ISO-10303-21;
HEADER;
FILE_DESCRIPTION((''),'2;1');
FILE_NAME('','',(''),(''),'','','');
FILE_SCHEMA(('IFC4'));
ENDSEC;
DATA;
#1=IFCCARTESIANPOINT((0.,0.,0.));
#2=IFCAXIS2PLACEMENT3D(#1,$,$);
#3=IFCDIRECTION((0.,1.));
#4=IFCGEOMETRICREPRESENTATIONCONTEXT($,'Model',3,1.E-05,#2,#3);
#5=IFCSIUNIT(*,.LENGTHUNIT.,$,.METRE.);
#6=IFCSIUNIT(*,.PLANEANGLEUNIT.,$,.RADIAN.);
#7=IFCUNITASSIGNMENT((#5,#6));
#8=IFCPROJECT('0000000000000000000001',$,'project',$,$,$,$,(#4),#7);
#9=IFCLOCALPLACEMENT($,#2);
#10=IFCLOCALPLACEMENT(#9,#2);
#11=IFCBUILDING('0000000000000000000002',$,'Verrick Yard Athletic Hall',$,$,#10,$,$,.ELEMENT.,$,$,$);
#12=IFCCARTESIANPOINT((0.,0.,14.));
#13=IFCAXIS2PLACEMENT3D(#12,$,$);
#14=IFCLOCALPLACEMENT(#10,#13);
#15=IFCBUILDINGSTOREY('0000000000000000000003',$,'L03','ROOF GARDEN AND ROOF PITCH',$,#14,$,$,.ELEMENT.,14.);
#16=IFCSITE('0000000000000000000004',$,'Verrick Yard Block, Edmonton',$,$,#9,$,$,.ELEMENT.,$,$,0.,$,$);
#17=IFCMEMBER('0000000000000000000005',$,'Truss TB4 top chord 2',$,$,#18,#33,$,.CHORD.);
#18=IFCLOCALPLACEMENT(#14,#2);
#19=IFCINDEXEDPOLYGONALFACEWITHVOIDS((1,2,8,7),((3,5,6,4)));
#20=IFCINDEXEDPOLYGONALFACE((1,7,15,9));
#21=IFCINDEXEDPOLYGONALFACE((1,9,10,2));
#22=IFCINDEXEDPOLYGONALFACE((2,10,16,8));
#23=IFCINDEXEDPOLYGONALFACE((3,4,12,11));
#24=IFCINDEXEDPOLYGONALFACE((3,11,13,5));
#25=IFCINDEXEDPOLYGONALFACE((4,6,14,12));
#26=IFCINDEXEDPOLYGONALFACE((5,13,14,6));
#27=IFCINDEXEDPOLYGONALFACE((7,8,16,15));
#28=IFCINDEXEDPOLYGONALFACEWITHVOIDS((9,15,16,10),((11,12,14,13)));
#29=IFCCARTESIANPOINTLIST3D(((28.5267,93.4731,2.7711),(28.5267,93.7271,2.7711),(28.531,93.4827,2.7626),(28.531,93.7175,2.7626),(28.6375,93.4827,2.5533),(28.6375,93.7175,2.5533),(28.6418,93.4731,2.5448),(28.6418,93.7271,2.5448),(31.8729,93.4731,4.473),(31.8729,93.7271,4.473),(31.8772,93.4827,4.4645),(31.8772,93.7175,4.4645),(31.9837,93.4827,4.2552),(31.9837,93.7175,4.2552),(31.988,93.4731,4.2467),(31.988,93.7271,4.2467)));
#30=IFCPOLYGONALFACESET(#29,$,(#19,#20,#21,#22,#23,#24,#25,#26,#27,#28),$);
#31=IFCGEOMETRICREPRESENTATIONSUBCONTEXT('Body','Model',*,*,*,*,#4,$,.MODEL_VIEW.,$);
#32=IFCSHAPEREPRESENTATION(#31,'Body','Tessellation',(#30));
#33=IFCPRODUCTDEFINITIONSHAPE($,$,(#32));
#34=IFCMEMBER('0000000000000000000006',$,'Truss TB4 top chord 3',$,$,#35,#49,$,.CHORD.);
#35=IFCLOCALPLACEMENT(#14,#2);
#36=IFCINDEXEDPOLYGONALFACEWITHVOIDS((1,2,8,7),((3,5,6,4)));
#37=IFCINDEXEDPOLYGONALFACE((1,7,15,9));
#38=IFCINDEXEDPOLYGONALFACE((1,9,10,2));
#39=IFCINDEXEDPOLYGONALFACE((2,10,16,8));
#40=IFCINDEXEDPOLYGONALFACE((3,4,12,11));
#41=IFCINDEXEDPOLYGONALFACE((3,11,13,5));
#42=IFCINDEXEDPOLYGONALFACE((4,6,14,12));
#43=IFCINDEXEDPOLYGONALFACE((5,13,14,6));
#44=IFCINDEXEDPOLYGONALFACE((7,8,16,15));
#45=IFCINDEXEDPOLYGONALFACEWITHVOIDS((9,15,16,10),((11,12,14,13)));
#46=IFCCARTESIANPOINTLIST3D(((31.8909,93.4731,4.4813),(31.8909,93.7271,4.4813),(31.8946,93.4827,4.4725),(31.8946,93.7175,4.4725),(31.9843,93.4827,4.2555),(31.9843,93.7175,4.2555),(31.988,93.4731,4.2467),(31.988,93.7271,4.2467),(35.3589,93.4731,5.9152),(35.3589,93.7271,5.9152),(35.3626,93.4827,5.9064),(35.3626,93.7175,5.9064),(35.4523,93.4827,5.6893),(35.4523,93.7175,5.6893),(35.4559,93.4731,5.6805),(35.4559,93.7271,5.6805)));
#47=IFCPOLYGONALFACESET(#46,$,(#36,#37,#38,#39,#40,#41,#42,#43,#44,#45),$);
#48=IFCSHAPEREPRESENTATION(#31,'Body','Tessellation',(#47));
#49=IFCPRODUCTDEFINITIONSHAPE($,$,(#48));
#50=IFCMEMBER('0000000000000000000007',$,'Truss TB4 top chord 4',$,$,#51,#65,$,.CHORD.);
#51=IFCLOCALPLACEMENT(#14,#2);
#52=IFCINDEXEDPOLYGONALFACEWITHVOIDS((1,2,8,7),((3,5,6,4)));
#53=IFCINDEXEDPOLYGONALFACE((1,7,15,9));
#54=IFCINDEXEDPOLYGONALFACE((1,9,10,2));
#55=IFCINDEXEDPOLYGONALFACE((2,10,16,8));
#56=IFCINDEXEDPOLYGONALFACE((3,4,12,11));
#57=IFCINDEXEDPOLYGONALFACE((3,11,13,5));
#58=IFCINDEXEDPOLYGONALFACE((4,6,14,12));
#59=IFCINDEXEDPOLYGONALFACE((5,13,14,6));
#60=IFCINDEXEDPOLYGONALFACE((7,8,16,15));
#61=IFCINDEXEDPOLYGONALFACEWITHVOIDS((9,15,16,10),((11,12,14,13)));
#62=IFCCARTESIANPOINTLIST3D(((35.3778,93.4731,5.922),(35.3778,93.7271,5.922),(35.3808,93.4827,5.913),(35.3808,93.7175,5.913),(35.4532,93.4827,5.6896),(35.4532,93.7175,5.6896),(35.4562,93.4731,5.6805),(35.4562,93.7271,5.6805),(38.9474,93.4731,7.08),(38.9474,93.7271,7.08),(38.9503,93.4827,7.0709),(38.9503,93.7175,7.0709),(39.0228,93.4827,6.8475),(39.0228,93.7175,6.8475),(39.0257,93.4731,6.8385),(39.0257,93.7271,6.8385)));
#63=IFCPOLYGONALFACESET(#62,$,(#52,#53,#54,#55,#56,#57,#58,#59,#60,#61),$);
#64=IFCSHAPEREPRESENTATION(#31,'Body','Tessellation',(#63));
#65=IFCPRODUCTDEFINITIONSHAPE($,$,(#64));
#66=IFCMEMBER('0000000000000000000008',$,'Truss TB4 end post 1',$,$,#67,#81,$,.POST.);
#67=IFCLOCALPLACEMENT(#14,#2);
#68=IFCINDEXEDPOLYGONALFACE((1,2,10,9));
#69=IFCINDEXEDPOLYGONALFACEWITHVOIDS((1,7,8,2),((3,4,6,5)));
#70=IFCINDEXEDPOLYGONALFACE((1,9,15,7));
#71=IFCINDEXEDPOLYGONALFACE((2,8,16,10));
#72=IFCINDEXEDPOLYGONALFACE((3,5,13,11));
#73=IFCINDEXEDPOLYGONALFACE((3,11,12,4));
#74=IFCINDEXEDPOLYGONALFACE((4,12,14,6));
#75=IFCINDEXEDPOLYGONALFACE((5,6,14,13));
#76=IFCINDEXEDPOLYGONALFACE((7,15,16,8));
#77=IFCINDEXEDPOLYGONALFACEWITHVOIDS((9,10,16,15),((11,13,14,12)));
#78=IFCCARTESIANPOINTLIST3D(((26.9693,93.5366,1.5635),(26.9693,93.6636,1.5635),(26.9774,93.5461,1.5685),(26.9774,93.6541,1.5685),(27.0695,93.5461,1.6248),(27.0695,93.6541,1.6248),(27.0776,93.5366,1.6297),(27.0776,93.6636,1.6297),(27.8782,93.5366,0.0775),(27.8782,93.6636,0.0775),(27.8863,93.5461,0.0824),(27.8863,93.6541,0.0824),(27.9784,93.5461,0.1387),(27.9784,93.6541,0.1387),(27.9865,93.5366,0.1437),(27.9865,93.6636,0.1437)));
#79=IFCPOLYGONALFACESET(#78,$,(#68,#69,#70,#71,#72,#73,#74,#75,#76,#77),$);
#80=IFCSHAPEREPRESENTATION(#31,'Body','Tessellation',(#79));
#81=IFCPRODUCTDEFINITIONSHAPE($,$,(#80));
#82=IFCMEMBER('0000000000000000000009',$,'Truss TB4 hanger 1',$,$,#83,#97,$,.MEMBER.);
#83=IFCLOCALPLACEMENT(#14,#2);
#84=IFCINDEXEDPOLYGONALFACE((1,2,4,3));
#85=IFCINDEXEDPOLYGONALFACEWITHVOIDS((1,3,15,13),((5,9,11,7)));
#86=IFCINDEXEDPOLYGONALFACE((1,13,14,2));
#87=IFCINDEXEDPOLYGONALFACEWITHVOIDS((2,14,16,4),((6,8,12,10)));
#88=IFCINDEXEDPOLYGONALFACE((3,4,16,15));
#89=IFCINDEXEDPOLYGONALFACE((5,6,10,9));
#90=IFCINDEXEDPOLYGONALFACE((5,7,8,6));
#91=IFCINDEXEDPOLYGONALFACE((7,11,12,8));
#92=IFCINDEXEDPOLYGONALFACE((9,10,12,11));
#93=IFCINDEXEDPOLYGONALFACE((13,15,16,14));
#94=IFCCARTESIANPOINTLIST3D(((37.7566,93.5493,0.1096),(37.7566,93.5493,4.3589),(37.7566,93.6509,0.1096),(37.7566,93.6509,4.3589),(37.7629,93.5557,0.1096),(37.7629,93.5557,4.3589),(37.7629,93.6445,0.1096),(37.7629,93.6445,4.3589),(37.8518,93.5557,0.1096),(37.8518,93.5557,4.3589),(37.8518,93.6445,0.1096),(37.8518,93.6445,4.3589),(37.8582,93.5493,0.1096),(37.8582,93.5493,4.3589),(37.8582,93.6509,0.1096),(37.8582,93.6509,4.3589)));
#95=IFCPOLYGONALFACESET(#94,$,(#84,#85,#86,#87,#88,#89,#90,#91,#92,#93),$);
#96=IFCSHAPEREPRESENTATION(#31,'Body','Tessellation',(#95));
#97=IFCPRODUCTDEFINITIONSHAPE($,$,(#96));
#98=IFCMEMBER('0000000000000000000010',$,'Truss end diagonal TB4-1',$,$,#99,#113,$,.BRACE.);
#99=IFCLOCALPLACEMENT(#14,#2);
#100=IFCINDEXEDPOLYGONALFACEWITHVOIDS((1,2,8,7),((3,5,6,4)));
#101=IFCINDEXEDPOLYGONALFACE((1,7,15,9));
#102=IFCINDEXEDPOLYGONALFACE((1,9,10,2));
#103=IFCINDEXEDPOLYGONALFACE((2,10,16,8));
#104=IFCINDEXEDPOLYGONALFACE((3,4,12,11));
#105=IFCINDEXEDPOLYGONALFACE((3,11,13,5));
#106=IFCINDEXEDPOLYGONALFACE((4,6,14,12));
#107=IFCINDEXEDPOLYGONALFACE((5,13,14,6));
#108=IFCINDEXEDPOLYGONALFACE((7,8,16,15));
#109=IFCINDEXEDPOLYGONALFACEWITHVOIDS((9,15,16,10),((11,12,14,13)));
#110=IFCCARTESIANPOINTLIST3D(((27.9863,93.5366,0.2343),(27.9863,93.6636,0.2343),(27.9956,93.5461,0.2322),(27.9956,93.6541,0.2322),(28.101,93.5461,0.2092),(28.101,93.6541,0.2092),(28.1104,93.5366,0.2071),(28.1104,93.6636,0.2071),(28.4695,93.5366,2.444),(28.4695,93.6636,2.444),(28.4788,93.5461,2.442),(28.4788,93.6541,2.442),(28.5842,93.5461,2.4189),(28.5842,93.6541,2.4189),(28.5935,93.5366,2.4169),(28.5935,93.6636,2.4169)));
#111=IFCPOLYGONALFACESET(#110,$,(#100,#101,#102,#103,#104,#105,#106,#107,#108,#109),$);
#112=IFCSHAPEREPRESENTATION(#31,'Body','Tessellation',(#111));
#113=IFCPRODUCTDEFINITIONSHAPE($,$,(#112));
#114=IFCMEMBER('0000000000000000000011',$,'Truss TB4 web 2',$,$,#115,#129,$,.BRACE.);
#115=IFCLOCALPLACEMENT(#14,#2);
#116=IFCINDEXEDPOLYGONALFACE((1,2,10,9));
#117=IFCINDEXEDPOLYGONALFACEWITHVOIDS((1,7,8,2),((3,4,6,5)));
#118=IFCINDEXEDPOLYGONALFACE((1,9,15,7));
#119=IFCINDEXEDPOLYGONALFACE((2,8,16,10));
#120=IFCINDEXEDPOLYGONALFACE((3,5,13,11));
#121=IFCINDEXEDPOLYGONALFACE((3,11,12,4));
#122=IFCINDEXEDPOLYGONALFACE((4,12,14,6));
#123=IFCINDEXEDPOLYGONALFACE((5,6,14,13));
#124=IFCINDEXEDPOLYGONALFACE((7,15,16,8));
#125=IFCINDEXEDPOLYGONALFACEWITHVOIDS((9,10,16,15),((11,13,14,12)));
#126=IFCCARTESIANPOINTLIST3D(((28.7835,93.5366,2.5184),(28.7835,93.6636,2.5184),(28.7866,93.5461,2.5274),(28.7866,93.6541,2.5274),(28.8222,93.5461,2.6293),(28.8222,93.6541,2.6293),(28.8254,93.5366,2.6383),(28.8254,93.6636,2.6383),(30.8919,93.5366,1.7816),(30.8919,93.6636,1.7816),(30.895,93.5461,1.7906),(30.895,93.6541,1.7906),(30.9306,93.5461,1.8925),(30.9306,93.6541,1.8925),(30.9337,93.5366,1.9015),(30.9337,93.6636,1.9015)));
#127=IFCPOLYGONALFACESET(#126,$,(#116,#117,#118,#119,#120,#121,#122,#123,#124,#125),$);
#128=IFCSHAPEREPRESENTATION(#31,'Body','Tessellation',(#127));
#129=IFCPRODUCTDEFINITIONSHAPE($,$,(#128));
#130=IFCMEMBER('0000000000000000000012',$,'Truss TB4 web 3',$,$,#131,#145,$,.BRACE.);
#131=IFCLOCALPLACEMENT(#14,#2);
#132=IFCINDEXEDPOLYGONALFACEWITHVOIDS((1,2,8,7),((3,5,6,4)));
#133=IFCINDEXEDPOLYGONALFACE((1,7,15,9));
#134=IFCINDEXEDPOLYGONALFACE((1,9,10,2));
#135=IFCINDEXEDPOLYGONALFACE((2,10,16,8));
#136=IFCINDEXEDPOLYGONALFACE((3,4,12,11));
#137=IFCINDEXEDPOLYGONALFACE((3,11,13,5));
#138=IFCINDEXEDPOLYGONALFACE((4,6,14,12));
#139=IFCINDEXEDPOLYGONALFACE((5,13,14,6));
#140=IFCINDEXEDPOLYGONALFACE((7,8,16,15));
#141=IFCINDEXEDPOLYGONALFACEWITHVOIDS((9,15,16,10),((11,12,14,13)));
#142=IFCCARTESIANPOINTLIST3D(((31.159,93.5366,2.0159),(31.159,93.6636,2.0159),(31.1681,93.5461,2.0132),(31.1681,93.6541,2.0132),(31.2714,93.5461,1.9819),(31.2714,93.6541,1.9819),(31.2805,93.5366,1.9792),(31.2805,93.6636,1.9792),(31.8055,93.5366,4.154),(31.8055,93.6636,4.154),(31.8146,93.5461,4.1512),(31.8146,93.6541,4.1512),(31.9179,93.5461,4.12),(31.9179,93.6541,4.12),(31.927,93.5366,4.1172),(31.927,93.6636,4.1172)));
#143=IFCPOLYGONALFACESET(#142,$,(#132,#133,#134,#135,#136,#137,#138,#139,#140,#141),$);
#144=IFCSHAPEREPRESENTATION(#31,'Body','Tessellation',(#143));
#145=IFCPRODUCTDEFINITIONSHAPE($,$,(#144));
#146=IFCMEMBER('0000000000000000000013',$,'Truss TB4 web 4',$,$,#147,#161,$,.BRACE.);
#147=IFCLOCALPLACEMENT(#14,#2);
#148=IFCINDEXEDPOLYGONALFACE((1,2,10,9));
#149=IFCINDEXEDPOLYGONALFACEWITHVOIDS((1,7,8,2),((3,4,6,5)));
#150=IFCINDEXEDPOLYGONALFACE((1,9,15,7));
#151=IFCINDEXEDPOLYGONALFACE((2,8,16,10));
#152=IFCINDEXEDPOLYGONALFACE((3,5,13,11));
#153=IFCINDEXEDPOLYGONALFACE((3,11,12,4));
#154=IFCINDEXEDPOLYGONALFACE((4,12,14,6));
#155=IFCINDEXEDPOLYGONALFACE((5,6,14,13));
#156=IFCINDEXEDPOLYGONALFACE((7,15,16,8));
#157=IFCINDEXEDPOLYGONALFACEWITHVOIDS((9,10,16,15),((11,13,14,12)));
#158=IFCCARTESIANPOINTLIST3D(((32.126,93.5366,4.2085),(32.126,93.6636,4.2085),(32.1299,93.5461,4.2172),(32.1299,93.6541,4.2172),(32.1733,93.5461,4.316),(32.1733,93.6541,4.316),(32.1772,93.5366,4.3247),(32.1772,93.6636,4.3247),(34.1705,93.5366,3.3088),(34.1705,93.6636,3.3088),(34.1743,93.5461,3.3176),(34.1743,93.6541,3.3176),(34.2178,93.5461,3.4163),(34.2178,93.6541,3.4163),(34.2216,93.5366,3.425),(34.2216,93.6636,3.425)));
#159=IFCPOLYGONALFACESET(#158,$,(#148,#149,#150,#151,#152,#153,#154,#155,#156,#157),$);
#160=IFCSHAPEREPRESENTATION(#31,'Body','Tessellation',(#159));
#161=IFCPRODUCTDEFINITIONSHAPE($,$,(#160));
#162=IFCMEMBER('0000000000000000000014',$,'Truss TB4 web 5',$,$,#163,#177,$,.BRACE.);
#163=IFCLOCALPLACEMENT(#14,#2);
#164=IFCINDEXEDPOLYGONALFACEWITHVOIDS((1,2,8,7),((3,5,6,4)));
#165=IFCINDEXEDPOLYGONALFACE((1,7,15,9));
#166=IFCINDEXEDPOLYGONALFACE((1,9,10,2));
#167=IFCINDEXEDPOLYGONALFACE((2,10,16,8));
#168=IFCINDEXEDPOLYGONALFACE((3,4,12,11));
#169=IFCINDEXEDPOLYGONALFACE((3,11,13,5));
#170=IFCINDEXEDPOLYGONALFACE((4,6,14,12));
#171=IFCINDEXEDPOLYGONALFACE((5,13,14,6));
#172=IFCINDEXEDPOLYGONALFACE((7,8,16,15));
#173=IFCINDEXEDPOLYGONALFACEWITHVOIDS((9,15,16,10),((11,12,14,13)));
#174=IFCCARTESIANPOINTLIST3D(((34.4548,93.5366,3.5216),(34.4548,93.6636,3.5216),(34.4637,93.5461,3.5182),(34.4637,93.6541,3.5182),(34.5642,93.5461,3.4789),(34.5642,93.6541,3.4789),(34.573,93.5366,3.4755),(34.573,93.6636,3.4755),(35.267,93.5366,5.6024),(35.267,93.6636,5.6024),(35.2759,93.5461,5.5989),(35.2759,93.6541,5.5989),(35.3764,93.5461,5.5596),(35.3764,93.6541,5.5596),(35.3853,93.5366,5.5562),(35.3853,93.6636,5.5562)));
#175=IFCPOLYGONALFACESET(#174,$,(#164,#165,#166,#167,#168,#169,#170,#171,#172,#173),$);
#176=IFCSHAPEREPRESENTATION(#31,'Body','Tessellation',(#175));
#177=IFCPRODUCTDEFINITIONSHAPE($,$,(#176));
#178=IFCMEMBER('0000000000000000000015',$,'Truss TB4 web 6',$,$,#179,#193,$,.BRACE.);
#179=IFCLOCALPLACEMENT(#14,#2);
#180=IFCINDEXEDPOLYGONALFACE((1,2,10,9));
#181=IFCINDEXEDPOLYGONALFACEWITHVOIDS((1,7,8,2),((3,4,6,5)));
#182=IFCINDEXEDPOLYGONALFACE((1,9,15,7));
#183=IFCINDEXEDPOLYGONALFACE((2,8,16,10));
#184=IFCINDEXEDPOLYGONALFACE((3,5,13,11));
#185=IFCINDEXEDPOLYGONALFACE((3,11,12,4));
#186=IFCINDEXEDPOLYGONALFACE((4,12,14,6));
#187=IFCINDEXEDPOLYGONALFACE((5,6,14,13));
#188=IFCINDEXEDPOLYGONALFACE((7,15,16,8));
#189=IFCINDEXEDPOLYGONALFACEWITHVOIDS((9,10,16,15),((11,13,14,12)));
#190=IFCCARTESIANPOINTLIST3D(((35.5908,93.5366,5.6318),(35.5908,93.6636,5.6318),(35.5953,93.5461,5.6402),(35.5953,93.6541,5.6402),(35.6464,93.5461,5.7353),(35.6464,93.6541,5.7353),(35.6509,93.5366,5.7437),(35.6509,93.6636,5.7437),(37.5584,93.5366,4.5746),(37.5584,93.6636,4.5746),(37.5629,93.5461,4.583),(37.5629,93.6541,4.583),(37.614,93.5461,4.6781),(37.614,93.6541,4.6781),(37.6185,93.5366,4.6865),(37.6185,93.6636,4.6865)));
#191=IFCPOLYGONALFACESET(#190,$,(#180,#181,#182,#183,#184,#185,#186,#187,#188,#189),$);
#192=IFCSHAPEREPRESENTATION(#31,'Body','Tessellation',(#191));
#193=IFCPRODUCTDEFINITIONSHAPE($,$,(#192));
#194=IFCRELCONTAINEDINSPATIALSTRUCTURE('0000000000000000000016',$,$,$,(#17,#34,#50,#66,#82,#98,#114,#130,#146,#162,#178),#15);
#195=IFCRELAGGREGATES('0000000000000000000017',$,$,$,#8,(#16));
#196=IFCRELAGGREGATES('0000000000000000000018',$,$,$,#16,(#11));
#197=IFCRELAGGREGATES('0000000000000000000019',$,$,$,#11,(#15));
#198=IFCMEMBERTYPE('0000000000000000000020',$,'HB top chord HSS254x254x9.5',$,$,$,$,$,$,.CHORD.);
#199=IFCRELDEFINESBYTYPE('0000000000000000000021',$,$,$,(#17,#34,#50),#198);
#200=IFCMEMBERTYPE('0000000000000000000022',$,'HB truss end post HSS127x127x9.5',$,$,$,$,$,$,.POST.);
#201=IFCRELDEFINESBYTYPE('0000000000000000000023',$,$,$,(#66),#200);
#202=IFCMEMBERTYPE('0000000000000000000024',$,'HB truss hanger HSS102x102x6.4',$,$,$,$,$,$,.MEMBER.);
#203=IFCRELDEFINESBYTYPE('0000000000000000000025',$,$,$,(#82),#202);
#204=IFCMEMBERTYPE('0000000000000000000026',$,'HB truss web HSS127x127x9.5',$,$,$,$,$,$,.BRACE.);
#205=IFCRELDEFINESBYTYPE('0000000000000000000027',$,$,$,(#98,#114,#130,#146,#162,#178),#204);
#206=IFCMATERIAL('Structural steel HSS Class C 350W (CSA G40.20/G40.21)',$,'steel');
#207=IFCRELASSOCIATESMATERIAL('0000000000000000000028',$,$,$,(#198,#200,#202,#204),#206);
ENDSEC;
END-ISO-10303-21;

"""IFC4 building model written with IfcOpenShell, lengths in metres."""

from ifc_helpers import new_model, si_unit, direction, frame, origin, origin_2d, place, context, subcontext, project, spatial, hollow_rectangle, extrude, material, material_profile, profile_set, type_object, element, save


model = new_model("IFC4")

# Units and contexts
model_context = context("Model", 3, precision=1e-05, world=origin(), true_north=direction((0.0, 1.0)))
body_context = subcontext(model_context, "Body", "Model", "MODEL_VIEW")
ifc_project = project(units=[si_unit("LENGTHUNIT", "METRE"), si_unit("PLANEANGLEUNIT", "RADIAN")], contexts=[model_context])

# Site, building, storey
site_placement = place(None, origin())
site = spatial("IfcSite", under=ifc_project, at=site_placement, Name="Verrick Yard Block, Edmonton", CompositionType="ELEMENT", RefElevation=0.0)
building_placement = place(site_placement, origin())
building = spatial("IfcBuilding", under=site, at=building_placement, Name="Verrick Yard Athletic Hall", CompositionType="ELEMENT")
storey_placement = place(building_placement, frame((0.0, 0.0, 14.0)))
storey = spatial("IfcBuildingStorey", under=building, at=storey_placement, Name="L03", Description="ROOF GARDEN AND ROOF PITCH", CompositionType="ELEMENT", Elevation=14.0)

# Members
ifc_material_1 = material(Name="Structural steel HSS Class C 350W (CSA G40.20/G40.21)", Category="steel")
ifc_material_profile_1 = material_profile(ifc_material_1, hollow_rectangle(XDim=0.2539, YDim=0.2539, WallThickness=0.0095, at=origin_2d()), Name="HSS254x254x9.5")
ifc_profile_set_1 = profile_set([ifc_material_profile_1], Name="Structural steel HSS Class C 350W (CSA G40.20/G40.21)")
member_type_1 = type_object("IfcMemberType", Name="HB top chord HSS254x254x9.5", PredefinedType="CHORD", material=ifc_profile_set_1)
member_1_placement = place(storey_placement, frame((28.5842, 93.6001, 2.658), z_axis=(0.891337, 0.0, 0.453342), x_axis=(0.0, 1.0, 0.0)))
element("IfcMember", 1, at=member_1_placement, inside=storey, type_object=member_type_1, Name="Truss TB4 top chord 2", PredefinedType="CHORD", context=body_context, shape_type="SweptSolid", body=[
    extrude(hollow_rectangle(XDim=0.2539, YDim=0.2539, WallThickness=0.0095, at=origin_2d()), origin(), (0.0, 0.0, 1.0), 3.7542),
])
for number, where, z_axis, x_axis, name in (
    (2, (31.9395, 93.6001, 4.364), (0.92413, 0.0, 0.382078), (0.0, 1.0, 0.0), "Truss TB4 top chord 3"),
    (3, (35.417, 93.6001, 5.8013), (0.951203, 0.0, 0.308567), (0.0, 1.0, 0.0), "Truss TB4 top chord 4"),
):
    element("IfcMember", number, at=place(storey_placement, frame(where, z_axis=z_axis, x_axis=x_axis)), inside=storey, type_object=member_type_1, Name=name, PredefinedType="CHORD", context=body_context, shape_type="SweptSolid", body=[
        extrude(hollow_rectangle(XDim=0.2539, YDim=0.2539, WallThickness=0.0095, at=origin_2d()), origin(), (0.0, 0.0, 1.0), 3.7527),
    ])
ifc_material_profile_2 = material_profile(ifc_material_1, hollow_rectangle(XDim=0.127, YDim=0.127, WallThickness=0.0095, at=origin_2d()), Name="HSS127x127x9.5")
ifc_profile_set_2 = profile_set([ifc_material_profile_2], Name="Structural steel HSS Class C 350W (CSA G40.20/G40.21)")
member_type_2 = type_object("IfcMemberType", Name="HB truss end post HSS127x127x9.5", PredefinedType="POST", material=ifc_profile_set_2)
member_2_placement = place(storey_placement, frame((27.9324, 93.6001, 0.1106), z_axis=(-0.521773, 0.0, 0.853084), x_axis=(0.0, -1.0, 0.0)))
element("IfcMember", 4, at=member_2_placement, inside=storey, type_object=member_type_2, Name="Truss TB4 end post 1", PredefinedType="POST", context=body_context, shape_type="SweptSolid", body=[
    extrude(hollow_rectangle(XDim=0.127, YDim=0.127, WallThickness=0.0095, at=origin_2d()), origin(), (0.0, 0.0, 1.0), 1.7419),
])
ifc_material_profile_3 = material_profile(ifc_material_1, hollow_rectangle(XDim=0.1016, YDim=0.1016, WallThickness=0.0063, at=origin_2d()), Name="HSS102x102x6.4")
ifc_profile_set_3 = profile_set([ifc_material_profile_3], Name="Structural steel HSS Class C 350W (CSA G40.20/G40.21)")
member_type_3 = type_object("IfcMemberType", Name="HB truss hanger HSS102x102x6.4", PredefinedType="MEMBER", material=ifc_profile_set_3)
member_3_placement = place(storey_placement, frame((37.8074, 93.6001, 4.3589), z_axis=(0.0, 0.0, -1.0), x_axis=(0.0, -1.0, 0.0)))
element("IfcMember", 5, at=member_3_placement, inside=storey, type_object=member_type_3, Name="Truss TB4 hanger 1", PredefinedType="MEMBER", context=body_context, shape_type="SweptSolid", body=[
    extrude(hollow_rectangle(XDim=0.1016, YDim=0.1016, WallThickness=0.0063, at=origin_2d()), origin(), (0.0, 0.0, 1.0), 4.2493),
])
ifc_material_profile_4 = material_profile(ifc_material_1, hollow_rectangle(XDim=0.127, YDim=0.127, WallThickness=0.0095, at=origin_2d()), Name="HSS127x127x9.5")
ifc_profile_set_4 = profile_set([ifc_material_profile_4], Name="Structural steel HSS Class C 350W (CSA G40.20/G40.21)")
member_type_4 = type_object("IfcMemberType", Name="HB truss web HSS127x127x9.5", PredefinedType="BRACE", material=ifc_profile_set_4)
member_4_placement = place(storey_placement, frame((28.0483, 93.6001, 0.2207), z_axis=(0.213604, 0.0, 0.97692), x_axis=(0.0, 1.0, 0.0)))
element("IfcMember", 6, at=member_4_placement, inside=storey, type_object=member_type_4, Name="Truss end diagonal TB4-1", PredefinedType="BRACE", context=body_context, shape_type="SweptSolid", body=[
    extrude(hollow_rectangle(XDim=0.127, YDim=0.127, WallThickness=0.0095, at=origin_2d()), origin(), (0.0, 0.0, 1.0), 2.262),
])
member_5_placement = place(storey_placement, frame((28.8044, 93.6001, 2.5784), z_axis=(0.944015, 0.0, -0.329902), x_axis=(0.0, 1.0, 0.0)))
element("IfcMember", 7, at=member_5_placement, inside=storey, type_object=member_type_4, Name="Truss TB4 web 2", PredefinedType="BRACE", context=body_context, shape_type="SweptSolid", body=[
    extrude(hollow_rectangle(XDim=0.127, YDim=0.127, WallThickness=0.0095, at=origin_2d()), origin(), (0.0, 0.0, 1.0), 2.2334),
])
for number, where, z_axis, x_axis, name in (
    (8, (31.2197, 93.6001, 1.9976), (0.289443, 0.0, 0.957195), (0.0, 1.0, 0.0), "Truss TB4 web 3"),
    (9, (32.1516, 93.6001, 4.2666), (0.915297, 0.0, -0.402779), (0.0, 1.0, 0.0), "Truss TB4 web 4"),
    (10, (34.5139, 93.6001, 3.4985), (0.363633, 0.0, 0.931542), (0.0, 1.0, 0.0), "Truss TB4 web 5"),
    (11, (35.6208, 93.6001, 5.6877), (0.880902, 0.0, -0.473298), (0.0, 1.0, 0.0), "Truss TB4 web 6"),
):
    element("IfcMember", number, at=place(storey_placement, frame(where, z_axis=z_axis, x_axis=x_axis)), inside=storey, type_object=member_type_4, Name=name, PredefinedType="BRACE", context=body_context, shape_type="SweptSolid", body=[
        extrude(hollow_rectangle(XDim=0.127, YDim=0.127, WallThickness=0.0095, at=origin_2d()), origin(), (0.0, 0.0, 1.0), 2.2336),
    ])

save(model, "model.ifc")
